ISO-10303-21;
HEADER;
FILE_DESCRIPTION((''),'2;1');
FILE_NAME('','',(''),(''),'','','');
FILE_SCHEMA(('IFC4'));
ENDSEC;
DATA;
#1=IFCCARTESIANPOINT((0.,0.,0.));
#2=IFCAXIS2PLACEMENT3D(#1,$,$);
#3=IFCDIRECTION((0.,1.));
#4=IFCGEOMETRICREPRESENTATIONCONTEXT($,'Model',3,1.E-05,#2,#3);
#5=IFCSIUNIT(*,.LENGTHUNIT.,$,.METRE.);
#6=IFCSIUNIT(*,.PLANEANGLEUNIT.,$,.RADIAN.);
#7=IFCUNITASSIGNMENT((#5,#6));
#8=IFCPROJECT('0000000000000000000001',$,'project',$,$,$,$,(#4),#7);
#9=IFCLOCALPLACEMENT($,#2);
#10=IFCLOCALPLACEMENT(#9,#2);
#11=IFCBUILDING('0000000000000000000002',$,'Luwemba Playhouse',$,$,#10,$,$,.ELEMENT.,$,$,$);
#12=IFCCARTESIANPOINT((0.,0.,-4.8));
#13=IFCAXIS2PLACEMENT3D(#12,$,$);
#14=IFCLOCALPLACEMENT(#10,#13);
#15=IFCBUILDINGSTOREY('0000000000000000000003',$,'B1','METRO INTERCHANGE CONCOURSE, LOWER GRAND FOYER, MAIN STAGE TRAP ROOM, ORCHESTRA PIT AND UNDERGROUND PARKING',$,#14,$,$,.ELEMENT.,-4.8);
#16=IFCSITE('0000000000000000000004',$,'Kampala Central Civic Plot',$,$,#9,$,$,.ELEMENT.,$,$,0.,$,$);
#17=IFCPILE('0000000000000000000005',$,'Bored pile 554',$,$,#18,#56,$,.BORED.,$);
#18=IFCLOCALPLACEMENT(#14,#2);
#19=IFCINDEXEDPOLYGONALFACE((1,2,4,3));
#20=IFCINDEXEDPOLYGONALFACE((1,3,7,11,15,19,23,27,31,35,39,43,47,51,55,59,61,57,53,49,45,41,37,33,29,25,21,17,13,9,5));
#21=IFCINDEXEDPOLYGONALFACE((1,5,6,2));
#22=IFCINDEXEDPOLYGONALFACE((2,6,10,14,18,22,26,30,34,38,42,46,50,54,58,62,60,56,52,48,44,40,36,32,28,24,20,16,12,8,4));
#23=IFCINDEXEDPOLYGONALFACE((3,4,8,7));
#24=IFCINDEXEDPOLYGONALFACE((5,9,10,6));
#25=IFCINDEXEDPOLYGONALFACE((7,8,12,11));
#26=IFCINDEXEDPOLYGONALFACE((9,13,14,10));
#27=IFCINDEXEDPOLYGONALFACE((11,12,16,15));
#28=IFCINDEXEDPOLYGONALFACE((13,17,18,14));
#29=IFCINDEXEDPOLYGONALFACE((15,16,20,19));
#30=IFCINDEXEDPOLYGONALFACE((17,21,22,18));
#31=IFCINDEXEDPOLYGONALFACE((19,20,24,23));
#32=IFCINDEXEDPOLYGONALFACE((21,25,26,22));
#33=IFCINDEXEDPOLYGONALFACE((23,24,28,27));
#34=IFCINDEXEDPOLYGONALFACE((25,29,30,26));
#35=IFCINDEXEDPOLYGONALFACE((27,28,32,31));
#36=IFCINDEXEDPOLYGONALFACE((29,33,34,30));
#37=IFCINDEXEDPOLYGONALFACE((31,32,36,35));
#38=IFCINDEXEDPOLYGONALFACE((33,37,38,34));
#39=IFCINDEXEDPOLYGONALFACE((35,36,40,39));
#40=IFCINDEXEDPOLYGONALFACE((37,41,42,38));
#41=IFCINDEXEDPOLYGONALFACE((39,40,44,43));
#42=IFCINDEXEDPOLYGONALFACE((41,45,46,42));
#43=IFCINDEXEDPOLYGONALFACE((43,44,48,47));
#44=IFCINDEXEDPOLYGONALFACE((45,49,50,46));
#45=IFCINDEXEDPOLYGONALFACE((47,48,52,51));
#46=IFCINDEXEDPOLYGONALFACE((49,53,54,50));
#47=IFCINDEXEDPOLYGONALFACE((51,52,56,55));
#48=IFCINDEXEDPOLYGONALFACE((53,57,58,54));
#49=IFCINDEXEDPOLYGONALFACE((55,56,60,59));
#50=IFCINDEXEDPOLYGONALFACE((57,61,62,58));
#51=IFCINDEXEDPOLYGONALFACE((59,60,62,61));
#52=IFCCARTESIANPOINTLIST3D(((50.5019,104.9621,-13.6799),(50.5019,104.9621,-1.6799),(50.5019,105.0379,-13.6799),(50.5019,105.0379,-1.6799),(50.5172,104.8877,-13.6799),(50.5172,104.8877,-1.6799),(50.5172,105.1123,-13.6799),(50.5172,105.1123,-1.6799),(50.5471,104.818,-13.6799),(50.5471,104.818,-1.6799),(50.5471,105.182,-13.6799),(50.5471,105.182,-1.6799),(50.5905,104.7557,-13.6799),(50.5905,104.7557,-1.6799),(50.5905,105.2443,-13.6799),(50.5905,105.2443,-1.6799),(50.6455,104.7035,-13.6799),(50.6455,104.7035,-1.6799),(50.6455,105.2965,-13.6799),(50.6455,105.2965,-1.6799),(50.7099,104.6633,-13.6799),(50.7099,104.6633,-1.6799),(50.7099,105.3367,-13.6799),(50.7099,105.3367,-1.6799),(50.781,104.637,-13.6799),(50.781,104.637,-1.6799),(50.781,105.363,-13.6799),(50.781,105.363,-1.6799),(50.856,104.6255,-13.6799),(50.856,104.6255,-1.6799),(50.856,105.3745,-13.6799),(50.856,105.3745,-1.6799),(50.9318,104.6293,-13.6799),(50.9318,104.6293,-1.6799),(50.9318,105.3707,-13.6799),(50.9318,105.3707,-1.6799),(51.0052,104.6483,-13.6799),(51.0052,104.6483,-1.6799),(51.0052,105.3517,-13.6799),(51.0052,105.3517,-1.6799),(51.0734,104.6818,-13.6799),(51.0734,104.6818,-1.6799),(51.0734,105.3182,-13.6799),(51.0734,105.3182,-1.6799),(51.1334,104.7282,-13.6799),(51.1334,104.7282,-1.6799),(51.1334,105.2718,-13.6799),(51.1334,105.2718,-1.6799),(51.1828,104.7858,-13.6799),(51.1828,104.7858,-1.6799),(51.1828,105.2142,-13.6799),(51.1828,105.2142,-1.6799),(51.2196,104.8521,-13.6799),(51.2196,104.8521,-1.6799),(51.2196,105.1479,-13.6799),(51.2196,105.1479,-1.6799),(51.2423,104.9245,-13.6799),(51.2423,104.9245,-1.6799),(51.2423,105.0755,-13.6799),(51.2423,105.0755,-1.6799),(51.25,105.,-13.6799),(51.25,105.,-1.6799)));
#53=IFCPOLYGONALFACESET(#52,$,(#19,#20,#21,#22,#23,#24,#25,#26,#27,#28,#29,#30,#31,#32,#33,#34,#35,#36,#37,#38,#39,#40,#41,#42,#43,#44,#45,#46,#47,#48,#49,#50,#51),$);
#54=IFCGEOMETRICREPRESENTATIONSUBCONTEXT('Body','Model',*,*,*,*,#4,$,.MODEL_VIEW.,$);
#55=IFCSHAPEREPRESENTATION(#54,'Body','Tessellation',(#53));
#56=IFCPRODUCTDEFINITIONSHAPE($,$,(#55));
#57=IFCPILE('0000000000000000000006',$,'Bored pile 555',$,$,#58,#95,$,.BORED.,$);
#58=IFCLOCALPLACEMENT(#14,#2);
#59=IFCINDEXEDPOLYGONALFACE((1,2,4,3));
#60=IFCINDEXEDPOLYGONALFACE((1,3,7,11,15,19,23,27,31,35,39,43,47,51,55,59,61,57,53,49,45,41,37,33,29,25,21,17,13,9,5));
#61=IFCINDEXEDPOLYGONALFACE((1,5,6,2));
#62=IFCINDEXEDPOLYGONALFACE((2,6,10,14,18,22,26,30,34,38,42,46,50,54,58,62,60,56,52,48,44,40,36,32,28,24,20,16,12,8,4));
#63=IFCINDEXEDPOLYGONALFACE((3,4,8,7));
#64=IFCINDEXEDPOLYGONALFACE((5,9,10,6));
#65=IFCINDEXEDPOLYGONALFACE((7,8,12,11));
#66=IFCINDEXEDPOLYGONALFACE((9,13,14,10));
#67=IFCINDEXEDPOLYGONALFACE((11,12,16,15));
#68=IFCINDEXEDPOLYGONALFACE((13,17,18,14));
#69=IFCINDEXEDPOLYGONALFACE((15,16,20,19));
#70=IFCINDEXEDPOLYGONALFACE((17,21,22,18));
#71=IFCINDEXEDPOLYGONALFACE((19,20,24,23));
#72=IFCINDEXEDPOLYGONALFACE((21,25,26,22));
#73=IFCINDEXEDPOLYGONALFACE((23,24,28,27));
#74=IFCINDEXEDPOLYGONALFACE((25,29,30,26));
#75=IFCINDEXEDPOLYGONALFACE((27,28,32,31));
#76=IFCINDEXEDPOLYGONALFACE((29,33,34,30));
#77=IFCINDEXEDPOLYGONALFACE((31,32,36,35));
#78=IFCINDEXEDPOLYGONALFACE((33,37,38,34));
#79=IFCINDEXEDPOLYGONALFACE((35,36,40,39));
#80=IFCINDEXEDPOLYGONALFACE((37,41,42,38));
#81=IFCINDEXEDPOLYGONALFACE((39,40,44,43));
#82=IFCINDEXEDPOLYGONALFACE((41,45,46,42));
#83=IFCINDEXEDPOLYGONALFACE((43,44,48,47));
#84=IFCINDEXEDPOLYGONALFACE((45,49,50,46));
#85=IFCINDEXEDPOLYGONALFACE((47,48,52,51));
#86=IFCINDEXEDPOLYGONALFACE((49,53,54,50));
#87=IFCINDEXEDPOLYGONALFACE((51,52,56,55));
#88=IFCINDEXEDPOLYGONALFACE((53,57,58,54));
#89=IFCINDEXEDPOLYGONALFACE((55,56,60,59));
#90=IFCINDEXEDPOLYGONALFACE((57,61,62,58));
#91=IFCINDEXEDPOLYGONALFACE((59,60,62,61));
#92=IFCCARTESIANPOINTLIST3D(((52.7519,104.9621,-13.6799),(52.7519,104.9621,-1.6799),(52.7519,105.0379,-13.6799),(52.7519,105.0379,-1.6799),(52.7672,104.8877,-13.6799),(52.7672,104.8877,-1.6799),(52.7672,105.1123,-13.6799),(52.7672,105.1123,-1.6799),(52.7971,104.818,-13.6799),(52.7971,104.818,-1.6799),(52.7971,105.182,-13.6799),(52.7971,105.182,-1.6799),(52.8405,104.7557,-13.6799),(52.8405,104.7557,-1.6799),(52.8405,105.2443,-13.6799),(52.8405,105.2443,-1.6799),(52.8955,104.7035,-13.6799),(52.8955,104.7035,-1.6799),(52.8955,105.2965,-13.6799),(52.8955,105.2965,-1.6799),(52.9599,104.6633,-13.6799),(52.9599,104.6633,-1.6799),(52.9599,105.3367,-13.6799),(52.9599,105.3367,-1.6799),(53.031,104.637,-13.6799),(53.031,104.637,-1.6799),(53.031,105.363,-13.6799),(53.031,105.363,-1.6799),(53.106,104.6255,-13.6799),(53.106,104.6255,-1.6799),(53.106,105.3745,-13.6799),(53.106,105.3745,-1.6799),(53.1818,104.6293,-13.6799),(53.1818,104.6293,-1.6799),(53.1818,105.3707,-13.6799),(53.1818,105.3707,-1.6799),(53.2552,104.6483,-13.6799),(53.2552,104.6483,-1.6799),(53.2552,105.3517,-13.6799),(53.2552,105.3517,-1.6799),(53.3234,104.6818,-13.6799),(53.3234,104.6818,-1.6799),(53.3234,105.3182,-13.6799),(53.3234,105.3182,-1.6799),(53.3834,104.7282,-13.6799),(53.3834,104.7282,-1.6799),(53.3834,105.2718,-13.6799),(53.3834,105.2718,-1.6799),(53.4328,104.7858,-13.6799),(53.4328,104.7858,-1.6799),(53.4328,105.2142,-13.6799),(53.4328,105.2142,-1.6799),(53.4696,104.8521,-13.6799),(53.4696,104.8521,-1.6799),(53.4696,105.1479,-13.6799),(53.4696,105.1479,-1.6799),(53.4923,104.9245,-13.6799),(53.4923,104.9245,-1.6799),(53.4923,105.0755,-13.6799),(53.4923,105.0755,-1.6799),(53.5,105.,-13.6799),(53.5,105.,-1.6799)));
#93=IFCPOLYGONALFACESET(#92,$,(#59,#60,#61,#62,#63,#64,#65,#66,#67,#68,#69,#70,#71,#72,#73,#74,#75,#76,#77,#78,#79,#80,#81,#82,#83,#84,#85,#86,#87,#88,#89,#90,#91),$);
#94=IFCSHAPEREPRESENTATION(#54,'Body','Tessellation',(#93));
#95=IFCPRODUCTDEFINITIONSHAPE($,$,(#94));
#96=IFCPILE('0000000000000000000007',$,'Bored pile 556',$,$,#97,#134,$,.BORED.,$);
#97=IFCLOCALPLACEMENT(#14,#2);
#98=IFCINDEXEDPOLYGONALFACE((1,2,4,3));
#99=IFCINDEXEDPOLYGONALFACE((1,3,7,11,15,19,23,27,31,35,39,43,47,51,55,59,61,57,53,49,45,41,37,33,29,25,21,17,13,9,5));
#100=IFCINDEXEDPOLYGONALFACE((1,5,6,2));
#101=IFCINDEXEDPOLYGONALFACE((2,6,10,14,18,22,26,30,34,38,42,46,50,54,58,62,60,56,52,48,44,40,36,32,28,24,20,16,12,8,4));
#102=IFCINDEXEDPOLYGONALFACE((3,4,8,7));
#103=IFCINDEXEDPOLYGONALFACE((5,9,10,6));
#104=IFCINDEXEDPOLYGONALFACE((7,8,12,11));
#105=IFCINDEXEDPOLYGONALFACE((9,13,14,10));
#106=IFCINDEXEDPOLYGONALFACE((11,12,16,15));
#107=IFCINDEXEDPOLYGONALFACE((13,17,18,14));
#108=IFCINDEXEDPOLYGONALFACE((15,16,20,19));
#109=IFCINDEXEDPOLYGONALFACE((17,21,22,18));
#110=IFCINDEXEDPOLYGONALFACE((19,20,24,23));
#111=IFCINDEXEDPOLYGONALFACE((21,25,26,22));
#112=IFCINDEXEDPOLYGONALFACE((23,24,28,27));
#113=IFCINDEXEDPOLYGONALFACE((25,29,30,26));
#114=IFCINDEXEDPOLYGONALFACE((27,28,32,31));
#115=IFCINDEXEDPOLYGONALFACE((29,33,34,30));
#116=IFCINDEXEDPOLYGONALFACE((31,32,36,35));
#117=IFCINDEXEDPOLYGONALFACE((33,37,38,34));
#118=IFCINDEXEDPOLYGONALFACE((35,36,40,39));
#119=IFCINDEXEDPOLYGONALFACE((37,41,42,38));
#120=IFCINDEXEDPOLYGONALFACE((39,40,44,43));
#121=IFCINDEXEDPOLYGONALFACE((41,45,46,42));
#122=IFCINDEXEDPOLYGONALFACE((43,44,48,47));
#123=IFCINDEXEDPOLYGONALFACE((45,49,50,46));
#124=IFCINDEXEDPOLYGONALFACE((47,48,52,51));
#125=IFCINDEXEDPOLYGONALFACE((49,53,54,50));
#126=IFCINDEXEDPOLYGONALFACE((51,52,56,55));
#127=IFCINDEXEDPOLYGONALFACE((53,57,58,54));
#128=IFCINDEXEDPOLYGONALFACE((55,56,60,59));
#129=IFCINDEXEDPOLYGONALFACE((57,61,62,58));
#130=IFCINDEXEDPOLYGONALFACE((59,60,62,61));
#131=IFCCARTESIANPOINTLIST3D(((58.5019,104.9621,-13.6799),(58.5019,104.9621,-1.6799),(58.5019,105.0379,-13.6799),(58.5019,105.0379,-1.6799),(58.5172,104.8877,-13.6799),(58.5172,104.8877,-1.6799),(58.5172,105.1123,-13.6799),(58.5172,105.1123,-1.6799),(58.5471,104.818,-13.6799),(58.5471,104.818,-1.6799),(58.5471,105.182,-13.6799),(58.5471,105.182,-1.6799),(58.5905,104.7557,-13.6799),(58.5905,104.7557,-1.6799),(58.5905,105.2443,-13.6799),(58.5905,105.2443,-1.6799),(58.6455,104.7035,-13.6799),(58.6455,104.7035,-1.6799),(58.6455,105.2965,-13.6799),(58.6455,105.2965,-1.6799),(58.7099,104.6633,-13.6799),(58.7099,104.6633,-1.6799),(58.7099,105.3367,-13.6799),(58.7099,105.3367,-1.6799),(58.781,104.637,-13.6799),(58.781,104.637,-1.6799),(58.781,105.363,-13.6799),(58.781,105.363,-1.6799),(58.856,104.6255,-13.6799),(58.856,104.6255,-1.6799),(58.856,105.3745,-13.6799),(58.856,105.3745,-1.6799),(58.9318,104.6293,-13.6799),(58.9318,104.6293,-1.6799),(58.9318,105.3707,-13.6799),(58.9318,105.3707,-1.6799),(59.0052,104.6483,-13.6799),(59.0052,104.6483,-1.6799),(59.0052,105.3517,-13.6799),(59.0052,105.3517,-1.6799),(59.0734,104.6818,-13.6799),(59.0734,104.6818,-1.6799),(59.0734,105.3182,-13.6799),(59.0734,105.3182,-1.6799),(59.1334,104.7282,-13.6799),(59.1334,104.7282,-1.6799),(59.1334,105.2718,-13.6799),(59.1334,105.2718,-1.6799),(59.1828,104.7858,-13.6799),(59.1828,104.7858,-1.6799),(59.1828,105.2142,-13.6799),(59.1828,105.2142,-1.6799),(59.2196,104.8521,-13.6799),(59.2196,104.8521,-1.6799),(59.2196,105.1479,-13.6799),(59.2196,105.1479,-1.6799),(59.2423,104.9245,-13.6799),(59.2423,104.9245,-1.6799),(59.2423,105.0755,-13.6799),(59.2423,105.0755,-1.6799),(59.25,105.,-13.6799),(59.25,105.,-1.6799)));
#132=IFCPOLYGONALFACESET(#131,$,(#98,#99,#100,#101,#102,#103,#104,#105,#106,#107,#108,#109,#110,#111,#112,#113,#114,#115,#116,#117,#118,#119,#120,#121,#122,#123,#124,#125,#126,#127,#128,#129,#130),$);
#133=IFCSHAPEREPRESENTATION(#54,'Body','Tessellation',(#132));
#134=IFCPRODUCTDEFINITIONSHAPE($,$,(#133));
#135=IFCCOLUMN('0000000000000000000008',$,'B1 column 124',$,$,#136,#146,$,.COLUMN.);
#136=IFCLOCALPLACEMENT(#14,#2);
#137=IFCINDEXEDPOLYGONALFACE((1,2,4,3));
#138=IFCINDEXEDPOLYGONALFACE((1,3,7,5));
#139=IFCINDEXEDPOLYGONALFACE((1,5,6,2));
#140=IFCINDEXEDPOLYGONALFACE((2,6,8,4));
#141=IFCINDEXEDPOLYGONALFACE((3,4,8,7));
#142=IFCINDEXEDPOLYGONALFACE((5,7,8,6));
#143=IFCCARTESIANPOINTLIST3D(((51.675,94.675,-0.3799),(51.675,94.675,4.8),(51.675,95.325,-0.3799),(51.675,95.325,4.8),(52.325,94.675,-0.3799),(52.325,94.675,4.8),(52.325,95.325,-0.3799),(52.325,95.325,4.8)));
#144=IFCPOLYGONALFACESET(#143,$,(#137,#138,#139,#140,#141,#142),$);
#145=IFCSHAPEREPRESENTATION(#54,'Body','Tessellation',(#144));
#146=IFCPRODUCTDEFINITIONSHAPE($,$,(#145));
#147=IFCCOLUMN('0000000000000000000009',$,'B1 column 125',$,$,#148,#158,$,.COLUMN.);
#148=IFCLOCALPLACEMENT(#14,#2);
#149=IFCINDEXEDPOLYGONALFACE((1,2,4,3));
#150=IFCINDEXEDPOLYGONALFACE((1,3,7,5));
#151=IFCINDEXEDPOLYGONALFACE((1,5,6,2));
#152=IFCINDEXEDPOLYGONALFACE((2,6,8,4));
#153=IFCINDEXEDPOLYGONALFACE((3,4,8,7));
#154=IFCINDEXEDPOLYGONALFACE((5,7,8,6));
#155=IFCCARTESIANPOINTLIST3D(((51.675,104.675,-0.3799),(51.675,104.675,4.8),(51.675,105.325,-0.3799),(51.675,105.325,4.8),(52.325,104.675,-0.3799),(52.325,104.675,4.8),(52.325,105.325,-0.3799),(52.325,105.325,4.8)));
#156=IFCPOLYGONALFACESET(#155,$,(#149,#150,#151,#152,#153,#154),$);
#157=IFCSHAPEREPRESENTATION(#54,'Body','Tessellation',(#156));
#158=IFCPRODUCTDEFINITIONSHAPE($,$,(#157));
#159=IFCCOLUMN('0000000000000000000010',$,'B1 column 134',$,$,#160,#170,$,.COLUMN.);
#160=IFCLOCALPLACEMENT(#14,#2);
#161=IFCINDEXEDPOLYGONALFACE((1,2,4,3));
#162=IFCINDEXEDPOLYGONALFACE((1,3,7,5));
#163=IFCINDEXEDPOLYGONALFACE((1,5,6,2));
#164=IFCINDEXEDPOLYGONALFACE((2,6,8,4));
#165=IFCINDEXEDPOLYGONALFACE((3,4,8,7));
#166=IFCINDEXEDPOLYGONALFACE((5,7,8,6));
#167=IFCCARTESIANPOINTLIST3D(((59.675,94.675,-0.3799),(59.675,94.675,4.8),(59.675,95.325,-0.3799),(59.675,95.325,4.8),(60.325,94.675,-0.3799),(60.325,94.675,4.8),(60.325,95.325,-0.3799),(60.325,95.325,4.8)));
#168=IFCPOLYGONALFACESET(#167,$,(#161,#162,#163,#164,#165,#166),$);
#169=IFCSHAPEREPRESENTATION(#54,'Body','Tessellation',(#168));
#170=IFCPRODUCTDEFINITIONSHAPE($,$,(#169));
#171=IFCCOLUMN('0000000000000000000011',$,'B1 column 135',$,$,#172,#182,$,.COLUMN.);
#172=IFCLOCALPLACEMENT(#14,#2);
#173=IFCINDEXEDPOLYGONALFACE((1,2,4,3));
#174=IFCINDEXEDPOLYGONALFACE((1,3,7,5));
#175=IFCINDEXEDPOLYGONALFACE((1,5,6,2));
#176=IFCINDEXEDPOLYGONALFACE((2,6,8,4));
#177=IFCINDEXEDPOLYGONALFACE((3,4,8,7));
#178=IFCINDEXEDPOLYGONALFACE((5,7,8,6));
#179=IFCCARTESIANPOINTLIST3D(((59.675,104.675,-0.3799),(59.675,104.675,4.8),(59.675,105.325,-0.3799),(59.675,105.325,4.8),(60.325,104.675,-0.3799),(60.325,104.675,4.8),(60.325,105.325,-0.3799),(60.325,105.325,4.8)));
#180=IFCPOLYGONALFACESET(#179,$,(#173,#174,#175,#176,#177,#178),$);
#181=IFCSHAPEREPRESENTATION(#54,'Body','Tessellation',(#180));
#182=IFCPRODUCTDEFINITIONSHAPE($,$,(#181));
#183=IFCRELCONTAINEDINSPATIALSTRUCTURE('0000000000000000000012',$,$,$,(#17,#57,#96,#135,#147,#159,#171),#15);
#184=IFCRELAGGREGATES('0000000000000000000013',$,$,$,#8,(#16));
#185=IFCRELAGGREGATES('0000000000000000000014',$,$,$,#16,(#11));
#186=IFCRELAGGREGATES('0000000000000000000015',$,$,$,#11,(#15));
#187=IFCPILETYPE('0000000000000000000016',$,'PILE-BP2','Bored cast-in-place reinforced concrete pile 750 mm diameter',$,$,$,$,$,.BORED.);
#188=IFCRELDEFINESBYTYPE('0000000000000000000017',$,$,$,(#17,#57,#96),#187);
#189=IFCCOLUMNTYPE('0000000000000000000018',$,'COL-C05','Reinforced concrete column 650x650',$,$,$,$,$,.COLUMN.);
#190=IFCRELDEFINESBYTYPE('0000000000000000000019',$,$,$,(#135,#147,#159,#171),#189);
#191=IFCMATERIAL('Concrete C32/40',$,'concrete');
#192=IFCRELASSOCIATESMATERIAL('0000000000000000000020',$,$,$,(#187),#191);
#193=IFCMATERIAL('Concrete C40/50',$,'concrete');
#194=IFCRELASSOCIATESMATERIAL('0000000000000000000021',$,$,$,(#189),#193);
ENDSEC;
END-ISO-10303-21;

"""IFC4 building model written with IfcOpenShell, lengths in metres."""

from ifc_helpers import new_model, si_unit, direction, frame, origin, origin_2d, place, context, subcontext, project, spatial, rectangle, circle, extrude, material, material_profile, profile_set, type_object, element, save


model = new_model("IFC4")

# Units and contexts
model_context = context("Model", 3, precision=1e-05, world=origin(), true_north=direction((0.0, 1.0)))
body_context = subcontext(model_context, "Body", "Model", "MODEL_VIEW")
ifc_project = project(units=[si_unit("LENGTHUNIT", "METRE"), si_unit("PLANEANGLEUNIT", "RADIAN")], contexts=[model_context])

# Site, building, storey
site_placement = place(None, origin())
site = spatial("IfcSite", under=ifc_project, at=site_placement, Name="Kampala Central Civic Plot", CompositionType="ELEMENT", RefElevation=0.0)
building_placement = place(site_placement, origin())
building = spatial("IfcBuilding", under=site, at=building_placement, Name="Luwemba Playhouse", CompositionType="ELEMENT")
storey_placement = place(building_placement, frame((0.0, 0.0, -4.8)))
storey = spatial("IfcBuildingStorey", under=building, at=storey_placement, Name="B1", Description="METRO INTERCHANGE CONCOURSE, LOWER GRAND FOYER, MAIN STAGE TRAP ROOM, ORCHESTRA PIT AND UNDERGROUND PARKING", CompositionType="ELEMENT", Elevation=-4.8)

# Shared definitions
ifc_material_1 = material(Name="Concrete C32/40", Category="concrete")

# Piles
ifc_material_profile_1 = material_profile(ifc_material_1, circle(Radius=0.375, at=origin_2d()))
ifc_profile_set_1 = profile_set([ifc_material_profile_1], Name="Concrete C32/40")
pile_type = type_object("IfcPileType", Name="PILE-BP2", Description="Bored cast-in-place reinforced concrete pile 750 mm diameter", PredefinedType="BORED", material=ifc_profile_set_1)
for number, where, z_axis, x_axis, name in (
    (1, (50.875, 105.0, -1.6799), (0.0, 0.0, -1.0), (1.0, 0.0, 0.0), "Bored pile 554"),
    (2, (53.125, 105.0, -1.6799), (0.0, 0.0, -1.0), (1.0, 0.0, 0.0), "Bored pile 555"),
    (3, (58.875, 105.0, -1.6799), (0.0, 0.0, -1.0), (1.0, 0.0, 0.0), "Bored pile 556"),
):
    element("IfcPile", number, at=place(storey_placement, frame(where, z_axis=z_axis, x_axis=x_axis)), inside=storey, type_object=pile_type, Name=name, PredefinedType="BORED", context=body_context, shape_type="SweptSolid", body=[
        extrude(circle(Radius=0.375, at=origin_2d()), origin(), (0.0, 0.0, 1.0), 12.0),
    ])

# Columns
ifc_material_2 = material(Name="Concrete C40/50", Category="concrete")
ifc_material_profile_2 = material_profile(ifc_material_2, rectangle(XDim=0.6499, YDim=0.6499, at=origin_2d()))
ifc_profile_set_2 = profile_set([ifc_material_profile_2], Name="Concrete C40/50")
column_type = type_object("IfcColumnType", Name="COL-C05", Description="Reinforced concrete column 650x650", PredefinedType="COLUMN", material=ifc_profile_set_2)
for number, where, z_axis, x_axis, name in (
    (4, (52.0, 95.0, -0.3799), (0.0, 0.0, 1.0), (1.0, 0.0, 0.0), "B1 column 124"),
    (5, (52.0, 105.0, -0.3799), (0.0, 0.0, 1.0), (1.0, 0.0, 0.0), "B1 column 125"),
    (6, (60.0, 95.0, -0.3799), (0.0, 0.0, 1.0), (1.0, 0.0, 0.0), "B1 column 134"),
    (7, (60.0, 105.0, -0.3799), (0.0, 0.0, 1.0), (1.0, 0.0, 0.0), "B1 column 135"),
):
    element("IfcColumn", number, at=place(storey_placement, frame(where, z_axis=z_axis, x_axis=x_axis)), inside=storey, type_object=column_type, Name=name, PredefinedType="COLUMN", context=body_context, shape_type="SweptSolid", body=[
        extrude(rectangle(XDim=0.6499, YDim=0.6499, at=origin_2d()), origin(), (0.0, 0.0, 1.0), 5.1799),
    ])

save(model, "model.ifc")
